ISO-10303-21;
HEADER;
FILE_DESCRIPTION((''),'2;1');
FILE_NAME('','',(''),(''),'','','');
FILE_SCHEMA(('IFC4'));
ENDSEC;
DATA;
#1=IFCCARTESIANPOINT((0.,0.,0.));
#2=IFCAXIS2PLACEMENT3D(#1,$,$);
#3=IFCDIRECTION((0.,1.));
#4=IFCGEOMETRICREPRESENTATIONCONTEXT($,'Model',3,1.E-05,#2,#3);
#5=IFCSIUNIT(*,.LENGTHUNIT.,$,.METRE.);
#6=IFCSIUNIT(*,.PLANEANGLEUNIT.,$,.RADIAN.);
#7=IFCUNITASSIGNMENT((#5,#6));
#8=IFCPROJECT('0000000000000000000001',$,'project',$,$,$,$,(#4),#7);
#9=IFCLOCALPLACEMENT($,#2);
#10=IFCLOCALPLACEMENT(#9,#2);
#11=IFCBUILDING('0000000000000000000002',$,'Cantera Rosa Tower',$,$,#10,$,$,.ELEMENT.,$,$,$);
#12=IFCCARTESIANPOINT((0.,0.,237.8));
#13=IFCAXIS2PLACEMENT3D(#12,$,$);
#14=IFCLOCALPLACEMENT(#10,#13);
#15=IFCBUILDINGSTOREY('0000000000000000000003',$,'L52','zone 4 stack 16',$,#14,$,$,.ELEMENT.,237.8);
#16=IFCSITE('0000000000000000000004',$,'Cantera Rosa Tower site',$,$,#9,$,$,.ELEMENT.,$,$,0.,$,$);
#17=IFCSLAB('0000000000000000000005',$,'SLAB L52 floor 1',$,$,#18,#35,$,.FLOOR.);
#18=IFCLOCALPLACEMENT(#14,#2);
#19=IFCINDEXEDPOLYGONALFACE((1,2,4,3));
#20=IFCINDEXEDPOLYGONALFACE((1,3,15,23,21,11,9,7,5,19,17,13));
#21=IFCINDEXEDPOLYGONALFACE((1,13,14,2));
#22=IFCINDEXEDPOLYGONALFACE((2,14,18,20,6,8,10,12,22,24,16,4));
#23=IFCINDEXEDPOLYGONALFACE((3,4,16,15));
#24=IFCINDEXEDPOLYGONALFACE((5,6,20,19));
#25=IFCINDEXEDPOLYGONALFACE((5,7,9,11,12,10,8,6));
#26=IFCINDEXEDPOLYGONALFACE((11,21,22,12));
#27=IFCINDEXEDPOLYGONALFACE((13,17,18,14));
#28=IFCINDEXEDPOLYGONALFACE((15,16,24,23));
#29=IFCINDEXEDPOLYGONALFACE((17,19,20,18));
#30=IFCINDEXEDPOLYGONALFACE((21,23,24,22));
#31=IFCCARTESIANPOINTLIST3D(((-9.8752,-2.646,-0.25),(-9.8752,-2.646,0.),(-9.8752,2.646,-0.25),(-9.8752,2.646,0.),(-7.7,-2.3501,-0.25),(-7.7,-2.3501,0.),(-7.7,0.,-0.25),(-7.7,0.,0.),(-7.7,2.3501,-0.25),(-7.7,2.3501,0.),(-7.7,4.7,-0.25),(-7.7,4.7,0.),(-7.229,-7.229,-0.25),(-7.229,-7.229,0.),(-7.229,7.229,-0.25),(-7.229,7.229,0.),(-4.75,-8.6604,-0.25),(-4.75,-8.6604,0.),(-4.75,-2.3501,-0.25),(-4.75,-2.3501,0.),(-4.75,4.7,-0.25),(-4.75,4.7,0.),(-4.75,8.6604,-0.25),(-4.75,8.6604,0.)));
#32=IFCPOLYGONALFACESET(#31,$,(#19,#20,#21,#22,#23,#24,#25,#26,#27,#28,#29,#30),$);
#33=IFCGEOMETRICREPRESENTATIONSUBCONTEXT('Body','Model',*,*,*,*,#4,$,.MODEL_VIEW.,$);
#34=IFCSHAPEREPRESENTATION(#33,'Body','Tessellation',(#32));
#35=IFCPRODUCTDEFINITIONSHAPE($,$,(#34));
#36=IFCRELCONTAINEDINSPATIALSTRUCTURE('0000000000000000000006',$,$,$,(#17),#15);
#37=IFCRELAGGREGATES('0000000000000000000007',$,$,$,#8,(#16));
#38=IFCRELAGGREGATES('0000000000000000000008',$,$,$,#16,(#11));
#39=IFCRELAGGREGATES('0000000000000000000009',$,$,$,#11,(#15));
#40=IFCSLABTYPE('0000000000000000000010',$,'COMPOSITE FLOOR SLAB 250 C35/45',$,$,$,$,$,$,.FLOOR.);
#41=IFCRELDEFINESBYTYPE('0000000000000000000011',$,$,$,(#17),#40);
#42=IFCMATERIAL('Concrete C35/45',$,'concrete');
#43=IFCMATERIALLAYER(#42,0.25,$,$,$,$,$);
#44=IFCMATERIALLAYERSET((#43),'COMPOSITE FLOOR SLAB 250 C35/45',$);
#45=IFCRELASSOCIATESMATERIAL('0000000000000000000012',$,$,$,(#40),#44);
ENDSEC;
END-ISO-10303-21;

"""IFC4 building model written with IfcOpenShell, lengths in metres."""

from ifc_helpers import new_model, si_unit, direction, frame, origin, place, context, subcontext, project, spatial, polyline, outline, extrude, material, layer, layer_set, type_object, element, save


model = new_model("IFC4")

# Units and contexts
model_context = context("Model", 3, precision=1e-05, world=origin(), true_north=direction((0.0, 1.0)))
body_context = subcontext(model_context, "Body", "Model", "MODEL_VIEW")
ifc_project = project(units=[si_unit("LENGTHUNIT", "METRE"), si_unit("PLANEANGLEUNIT", "RADIAN")], contexts=[model_context])

# Site, building, storey
site_placement = place(None, origin())
site = spatial("IfcSite", under=ifc_project, at=site_placement, Name="Cantera Rosa Tower site", CompositionType="ELEMENT", RefElevation=0.0)
building_placement = place(site_placement, origin())
building = spatial("IfcBuilding", under=site, at=building_placement, Name="Cantera Rosa Tower", CompositionType="ELEMENT")
storey_placement = place(building_placement, frame((0.0, 0.0, 237.8)))
storey = spatial("IfcBuildingStorey", under=building, at=storey_placement, Name="L52", Description="zone 4 stack 16", CompositionType="ELEMENT", Elevation=237.8)

# Slab
ifc_material_1 = material(Name="Concrete C35/45", Category="concrete")
ifc_layer_1 = layer(ifc_material_1, 0.25)
ifc_layer_set_1 = layer_set([ifc_layer_1], Name="COMPOSITE FLOOR SLAB 250 C35/45")
slab_type_1 = type_object("IfcSlabType", Name="COMPOSITE FLOOR SLAB 250 C35/45", PredefinedType="FLOOR", material=ifc_layer_set_1)
slab_1_placement = place(storey_placement, frame((0.0, 0.0, -0.25)))
element("IfcSlab", 1, at=slab_1_placement, inside=storey, type_object=slab_type_1, Name="SLAB L52 floor 1", PredefinedType="FLOOR", context=body_context, shape_type="SweptSolid", body=[
    extrude(outline(polyline([(-4.75, -2.3501), (-4.75, -8.6604), (-7.229, -7.229), (-9.8752, -2.646), (-9.8752, 2.646), (-7.229, 7.229), (-4.75, 8.6604), (-4.75, 4.7), (-7.7, 4.7), (-7.7, 2.3501), (-7.7, 0.0), (-7.7, -2.3501), (-4.75, -2.3501)])), origin(), (0.0, 0.0, 1.0), 0.25),
])

save(model, "model.ifc")
